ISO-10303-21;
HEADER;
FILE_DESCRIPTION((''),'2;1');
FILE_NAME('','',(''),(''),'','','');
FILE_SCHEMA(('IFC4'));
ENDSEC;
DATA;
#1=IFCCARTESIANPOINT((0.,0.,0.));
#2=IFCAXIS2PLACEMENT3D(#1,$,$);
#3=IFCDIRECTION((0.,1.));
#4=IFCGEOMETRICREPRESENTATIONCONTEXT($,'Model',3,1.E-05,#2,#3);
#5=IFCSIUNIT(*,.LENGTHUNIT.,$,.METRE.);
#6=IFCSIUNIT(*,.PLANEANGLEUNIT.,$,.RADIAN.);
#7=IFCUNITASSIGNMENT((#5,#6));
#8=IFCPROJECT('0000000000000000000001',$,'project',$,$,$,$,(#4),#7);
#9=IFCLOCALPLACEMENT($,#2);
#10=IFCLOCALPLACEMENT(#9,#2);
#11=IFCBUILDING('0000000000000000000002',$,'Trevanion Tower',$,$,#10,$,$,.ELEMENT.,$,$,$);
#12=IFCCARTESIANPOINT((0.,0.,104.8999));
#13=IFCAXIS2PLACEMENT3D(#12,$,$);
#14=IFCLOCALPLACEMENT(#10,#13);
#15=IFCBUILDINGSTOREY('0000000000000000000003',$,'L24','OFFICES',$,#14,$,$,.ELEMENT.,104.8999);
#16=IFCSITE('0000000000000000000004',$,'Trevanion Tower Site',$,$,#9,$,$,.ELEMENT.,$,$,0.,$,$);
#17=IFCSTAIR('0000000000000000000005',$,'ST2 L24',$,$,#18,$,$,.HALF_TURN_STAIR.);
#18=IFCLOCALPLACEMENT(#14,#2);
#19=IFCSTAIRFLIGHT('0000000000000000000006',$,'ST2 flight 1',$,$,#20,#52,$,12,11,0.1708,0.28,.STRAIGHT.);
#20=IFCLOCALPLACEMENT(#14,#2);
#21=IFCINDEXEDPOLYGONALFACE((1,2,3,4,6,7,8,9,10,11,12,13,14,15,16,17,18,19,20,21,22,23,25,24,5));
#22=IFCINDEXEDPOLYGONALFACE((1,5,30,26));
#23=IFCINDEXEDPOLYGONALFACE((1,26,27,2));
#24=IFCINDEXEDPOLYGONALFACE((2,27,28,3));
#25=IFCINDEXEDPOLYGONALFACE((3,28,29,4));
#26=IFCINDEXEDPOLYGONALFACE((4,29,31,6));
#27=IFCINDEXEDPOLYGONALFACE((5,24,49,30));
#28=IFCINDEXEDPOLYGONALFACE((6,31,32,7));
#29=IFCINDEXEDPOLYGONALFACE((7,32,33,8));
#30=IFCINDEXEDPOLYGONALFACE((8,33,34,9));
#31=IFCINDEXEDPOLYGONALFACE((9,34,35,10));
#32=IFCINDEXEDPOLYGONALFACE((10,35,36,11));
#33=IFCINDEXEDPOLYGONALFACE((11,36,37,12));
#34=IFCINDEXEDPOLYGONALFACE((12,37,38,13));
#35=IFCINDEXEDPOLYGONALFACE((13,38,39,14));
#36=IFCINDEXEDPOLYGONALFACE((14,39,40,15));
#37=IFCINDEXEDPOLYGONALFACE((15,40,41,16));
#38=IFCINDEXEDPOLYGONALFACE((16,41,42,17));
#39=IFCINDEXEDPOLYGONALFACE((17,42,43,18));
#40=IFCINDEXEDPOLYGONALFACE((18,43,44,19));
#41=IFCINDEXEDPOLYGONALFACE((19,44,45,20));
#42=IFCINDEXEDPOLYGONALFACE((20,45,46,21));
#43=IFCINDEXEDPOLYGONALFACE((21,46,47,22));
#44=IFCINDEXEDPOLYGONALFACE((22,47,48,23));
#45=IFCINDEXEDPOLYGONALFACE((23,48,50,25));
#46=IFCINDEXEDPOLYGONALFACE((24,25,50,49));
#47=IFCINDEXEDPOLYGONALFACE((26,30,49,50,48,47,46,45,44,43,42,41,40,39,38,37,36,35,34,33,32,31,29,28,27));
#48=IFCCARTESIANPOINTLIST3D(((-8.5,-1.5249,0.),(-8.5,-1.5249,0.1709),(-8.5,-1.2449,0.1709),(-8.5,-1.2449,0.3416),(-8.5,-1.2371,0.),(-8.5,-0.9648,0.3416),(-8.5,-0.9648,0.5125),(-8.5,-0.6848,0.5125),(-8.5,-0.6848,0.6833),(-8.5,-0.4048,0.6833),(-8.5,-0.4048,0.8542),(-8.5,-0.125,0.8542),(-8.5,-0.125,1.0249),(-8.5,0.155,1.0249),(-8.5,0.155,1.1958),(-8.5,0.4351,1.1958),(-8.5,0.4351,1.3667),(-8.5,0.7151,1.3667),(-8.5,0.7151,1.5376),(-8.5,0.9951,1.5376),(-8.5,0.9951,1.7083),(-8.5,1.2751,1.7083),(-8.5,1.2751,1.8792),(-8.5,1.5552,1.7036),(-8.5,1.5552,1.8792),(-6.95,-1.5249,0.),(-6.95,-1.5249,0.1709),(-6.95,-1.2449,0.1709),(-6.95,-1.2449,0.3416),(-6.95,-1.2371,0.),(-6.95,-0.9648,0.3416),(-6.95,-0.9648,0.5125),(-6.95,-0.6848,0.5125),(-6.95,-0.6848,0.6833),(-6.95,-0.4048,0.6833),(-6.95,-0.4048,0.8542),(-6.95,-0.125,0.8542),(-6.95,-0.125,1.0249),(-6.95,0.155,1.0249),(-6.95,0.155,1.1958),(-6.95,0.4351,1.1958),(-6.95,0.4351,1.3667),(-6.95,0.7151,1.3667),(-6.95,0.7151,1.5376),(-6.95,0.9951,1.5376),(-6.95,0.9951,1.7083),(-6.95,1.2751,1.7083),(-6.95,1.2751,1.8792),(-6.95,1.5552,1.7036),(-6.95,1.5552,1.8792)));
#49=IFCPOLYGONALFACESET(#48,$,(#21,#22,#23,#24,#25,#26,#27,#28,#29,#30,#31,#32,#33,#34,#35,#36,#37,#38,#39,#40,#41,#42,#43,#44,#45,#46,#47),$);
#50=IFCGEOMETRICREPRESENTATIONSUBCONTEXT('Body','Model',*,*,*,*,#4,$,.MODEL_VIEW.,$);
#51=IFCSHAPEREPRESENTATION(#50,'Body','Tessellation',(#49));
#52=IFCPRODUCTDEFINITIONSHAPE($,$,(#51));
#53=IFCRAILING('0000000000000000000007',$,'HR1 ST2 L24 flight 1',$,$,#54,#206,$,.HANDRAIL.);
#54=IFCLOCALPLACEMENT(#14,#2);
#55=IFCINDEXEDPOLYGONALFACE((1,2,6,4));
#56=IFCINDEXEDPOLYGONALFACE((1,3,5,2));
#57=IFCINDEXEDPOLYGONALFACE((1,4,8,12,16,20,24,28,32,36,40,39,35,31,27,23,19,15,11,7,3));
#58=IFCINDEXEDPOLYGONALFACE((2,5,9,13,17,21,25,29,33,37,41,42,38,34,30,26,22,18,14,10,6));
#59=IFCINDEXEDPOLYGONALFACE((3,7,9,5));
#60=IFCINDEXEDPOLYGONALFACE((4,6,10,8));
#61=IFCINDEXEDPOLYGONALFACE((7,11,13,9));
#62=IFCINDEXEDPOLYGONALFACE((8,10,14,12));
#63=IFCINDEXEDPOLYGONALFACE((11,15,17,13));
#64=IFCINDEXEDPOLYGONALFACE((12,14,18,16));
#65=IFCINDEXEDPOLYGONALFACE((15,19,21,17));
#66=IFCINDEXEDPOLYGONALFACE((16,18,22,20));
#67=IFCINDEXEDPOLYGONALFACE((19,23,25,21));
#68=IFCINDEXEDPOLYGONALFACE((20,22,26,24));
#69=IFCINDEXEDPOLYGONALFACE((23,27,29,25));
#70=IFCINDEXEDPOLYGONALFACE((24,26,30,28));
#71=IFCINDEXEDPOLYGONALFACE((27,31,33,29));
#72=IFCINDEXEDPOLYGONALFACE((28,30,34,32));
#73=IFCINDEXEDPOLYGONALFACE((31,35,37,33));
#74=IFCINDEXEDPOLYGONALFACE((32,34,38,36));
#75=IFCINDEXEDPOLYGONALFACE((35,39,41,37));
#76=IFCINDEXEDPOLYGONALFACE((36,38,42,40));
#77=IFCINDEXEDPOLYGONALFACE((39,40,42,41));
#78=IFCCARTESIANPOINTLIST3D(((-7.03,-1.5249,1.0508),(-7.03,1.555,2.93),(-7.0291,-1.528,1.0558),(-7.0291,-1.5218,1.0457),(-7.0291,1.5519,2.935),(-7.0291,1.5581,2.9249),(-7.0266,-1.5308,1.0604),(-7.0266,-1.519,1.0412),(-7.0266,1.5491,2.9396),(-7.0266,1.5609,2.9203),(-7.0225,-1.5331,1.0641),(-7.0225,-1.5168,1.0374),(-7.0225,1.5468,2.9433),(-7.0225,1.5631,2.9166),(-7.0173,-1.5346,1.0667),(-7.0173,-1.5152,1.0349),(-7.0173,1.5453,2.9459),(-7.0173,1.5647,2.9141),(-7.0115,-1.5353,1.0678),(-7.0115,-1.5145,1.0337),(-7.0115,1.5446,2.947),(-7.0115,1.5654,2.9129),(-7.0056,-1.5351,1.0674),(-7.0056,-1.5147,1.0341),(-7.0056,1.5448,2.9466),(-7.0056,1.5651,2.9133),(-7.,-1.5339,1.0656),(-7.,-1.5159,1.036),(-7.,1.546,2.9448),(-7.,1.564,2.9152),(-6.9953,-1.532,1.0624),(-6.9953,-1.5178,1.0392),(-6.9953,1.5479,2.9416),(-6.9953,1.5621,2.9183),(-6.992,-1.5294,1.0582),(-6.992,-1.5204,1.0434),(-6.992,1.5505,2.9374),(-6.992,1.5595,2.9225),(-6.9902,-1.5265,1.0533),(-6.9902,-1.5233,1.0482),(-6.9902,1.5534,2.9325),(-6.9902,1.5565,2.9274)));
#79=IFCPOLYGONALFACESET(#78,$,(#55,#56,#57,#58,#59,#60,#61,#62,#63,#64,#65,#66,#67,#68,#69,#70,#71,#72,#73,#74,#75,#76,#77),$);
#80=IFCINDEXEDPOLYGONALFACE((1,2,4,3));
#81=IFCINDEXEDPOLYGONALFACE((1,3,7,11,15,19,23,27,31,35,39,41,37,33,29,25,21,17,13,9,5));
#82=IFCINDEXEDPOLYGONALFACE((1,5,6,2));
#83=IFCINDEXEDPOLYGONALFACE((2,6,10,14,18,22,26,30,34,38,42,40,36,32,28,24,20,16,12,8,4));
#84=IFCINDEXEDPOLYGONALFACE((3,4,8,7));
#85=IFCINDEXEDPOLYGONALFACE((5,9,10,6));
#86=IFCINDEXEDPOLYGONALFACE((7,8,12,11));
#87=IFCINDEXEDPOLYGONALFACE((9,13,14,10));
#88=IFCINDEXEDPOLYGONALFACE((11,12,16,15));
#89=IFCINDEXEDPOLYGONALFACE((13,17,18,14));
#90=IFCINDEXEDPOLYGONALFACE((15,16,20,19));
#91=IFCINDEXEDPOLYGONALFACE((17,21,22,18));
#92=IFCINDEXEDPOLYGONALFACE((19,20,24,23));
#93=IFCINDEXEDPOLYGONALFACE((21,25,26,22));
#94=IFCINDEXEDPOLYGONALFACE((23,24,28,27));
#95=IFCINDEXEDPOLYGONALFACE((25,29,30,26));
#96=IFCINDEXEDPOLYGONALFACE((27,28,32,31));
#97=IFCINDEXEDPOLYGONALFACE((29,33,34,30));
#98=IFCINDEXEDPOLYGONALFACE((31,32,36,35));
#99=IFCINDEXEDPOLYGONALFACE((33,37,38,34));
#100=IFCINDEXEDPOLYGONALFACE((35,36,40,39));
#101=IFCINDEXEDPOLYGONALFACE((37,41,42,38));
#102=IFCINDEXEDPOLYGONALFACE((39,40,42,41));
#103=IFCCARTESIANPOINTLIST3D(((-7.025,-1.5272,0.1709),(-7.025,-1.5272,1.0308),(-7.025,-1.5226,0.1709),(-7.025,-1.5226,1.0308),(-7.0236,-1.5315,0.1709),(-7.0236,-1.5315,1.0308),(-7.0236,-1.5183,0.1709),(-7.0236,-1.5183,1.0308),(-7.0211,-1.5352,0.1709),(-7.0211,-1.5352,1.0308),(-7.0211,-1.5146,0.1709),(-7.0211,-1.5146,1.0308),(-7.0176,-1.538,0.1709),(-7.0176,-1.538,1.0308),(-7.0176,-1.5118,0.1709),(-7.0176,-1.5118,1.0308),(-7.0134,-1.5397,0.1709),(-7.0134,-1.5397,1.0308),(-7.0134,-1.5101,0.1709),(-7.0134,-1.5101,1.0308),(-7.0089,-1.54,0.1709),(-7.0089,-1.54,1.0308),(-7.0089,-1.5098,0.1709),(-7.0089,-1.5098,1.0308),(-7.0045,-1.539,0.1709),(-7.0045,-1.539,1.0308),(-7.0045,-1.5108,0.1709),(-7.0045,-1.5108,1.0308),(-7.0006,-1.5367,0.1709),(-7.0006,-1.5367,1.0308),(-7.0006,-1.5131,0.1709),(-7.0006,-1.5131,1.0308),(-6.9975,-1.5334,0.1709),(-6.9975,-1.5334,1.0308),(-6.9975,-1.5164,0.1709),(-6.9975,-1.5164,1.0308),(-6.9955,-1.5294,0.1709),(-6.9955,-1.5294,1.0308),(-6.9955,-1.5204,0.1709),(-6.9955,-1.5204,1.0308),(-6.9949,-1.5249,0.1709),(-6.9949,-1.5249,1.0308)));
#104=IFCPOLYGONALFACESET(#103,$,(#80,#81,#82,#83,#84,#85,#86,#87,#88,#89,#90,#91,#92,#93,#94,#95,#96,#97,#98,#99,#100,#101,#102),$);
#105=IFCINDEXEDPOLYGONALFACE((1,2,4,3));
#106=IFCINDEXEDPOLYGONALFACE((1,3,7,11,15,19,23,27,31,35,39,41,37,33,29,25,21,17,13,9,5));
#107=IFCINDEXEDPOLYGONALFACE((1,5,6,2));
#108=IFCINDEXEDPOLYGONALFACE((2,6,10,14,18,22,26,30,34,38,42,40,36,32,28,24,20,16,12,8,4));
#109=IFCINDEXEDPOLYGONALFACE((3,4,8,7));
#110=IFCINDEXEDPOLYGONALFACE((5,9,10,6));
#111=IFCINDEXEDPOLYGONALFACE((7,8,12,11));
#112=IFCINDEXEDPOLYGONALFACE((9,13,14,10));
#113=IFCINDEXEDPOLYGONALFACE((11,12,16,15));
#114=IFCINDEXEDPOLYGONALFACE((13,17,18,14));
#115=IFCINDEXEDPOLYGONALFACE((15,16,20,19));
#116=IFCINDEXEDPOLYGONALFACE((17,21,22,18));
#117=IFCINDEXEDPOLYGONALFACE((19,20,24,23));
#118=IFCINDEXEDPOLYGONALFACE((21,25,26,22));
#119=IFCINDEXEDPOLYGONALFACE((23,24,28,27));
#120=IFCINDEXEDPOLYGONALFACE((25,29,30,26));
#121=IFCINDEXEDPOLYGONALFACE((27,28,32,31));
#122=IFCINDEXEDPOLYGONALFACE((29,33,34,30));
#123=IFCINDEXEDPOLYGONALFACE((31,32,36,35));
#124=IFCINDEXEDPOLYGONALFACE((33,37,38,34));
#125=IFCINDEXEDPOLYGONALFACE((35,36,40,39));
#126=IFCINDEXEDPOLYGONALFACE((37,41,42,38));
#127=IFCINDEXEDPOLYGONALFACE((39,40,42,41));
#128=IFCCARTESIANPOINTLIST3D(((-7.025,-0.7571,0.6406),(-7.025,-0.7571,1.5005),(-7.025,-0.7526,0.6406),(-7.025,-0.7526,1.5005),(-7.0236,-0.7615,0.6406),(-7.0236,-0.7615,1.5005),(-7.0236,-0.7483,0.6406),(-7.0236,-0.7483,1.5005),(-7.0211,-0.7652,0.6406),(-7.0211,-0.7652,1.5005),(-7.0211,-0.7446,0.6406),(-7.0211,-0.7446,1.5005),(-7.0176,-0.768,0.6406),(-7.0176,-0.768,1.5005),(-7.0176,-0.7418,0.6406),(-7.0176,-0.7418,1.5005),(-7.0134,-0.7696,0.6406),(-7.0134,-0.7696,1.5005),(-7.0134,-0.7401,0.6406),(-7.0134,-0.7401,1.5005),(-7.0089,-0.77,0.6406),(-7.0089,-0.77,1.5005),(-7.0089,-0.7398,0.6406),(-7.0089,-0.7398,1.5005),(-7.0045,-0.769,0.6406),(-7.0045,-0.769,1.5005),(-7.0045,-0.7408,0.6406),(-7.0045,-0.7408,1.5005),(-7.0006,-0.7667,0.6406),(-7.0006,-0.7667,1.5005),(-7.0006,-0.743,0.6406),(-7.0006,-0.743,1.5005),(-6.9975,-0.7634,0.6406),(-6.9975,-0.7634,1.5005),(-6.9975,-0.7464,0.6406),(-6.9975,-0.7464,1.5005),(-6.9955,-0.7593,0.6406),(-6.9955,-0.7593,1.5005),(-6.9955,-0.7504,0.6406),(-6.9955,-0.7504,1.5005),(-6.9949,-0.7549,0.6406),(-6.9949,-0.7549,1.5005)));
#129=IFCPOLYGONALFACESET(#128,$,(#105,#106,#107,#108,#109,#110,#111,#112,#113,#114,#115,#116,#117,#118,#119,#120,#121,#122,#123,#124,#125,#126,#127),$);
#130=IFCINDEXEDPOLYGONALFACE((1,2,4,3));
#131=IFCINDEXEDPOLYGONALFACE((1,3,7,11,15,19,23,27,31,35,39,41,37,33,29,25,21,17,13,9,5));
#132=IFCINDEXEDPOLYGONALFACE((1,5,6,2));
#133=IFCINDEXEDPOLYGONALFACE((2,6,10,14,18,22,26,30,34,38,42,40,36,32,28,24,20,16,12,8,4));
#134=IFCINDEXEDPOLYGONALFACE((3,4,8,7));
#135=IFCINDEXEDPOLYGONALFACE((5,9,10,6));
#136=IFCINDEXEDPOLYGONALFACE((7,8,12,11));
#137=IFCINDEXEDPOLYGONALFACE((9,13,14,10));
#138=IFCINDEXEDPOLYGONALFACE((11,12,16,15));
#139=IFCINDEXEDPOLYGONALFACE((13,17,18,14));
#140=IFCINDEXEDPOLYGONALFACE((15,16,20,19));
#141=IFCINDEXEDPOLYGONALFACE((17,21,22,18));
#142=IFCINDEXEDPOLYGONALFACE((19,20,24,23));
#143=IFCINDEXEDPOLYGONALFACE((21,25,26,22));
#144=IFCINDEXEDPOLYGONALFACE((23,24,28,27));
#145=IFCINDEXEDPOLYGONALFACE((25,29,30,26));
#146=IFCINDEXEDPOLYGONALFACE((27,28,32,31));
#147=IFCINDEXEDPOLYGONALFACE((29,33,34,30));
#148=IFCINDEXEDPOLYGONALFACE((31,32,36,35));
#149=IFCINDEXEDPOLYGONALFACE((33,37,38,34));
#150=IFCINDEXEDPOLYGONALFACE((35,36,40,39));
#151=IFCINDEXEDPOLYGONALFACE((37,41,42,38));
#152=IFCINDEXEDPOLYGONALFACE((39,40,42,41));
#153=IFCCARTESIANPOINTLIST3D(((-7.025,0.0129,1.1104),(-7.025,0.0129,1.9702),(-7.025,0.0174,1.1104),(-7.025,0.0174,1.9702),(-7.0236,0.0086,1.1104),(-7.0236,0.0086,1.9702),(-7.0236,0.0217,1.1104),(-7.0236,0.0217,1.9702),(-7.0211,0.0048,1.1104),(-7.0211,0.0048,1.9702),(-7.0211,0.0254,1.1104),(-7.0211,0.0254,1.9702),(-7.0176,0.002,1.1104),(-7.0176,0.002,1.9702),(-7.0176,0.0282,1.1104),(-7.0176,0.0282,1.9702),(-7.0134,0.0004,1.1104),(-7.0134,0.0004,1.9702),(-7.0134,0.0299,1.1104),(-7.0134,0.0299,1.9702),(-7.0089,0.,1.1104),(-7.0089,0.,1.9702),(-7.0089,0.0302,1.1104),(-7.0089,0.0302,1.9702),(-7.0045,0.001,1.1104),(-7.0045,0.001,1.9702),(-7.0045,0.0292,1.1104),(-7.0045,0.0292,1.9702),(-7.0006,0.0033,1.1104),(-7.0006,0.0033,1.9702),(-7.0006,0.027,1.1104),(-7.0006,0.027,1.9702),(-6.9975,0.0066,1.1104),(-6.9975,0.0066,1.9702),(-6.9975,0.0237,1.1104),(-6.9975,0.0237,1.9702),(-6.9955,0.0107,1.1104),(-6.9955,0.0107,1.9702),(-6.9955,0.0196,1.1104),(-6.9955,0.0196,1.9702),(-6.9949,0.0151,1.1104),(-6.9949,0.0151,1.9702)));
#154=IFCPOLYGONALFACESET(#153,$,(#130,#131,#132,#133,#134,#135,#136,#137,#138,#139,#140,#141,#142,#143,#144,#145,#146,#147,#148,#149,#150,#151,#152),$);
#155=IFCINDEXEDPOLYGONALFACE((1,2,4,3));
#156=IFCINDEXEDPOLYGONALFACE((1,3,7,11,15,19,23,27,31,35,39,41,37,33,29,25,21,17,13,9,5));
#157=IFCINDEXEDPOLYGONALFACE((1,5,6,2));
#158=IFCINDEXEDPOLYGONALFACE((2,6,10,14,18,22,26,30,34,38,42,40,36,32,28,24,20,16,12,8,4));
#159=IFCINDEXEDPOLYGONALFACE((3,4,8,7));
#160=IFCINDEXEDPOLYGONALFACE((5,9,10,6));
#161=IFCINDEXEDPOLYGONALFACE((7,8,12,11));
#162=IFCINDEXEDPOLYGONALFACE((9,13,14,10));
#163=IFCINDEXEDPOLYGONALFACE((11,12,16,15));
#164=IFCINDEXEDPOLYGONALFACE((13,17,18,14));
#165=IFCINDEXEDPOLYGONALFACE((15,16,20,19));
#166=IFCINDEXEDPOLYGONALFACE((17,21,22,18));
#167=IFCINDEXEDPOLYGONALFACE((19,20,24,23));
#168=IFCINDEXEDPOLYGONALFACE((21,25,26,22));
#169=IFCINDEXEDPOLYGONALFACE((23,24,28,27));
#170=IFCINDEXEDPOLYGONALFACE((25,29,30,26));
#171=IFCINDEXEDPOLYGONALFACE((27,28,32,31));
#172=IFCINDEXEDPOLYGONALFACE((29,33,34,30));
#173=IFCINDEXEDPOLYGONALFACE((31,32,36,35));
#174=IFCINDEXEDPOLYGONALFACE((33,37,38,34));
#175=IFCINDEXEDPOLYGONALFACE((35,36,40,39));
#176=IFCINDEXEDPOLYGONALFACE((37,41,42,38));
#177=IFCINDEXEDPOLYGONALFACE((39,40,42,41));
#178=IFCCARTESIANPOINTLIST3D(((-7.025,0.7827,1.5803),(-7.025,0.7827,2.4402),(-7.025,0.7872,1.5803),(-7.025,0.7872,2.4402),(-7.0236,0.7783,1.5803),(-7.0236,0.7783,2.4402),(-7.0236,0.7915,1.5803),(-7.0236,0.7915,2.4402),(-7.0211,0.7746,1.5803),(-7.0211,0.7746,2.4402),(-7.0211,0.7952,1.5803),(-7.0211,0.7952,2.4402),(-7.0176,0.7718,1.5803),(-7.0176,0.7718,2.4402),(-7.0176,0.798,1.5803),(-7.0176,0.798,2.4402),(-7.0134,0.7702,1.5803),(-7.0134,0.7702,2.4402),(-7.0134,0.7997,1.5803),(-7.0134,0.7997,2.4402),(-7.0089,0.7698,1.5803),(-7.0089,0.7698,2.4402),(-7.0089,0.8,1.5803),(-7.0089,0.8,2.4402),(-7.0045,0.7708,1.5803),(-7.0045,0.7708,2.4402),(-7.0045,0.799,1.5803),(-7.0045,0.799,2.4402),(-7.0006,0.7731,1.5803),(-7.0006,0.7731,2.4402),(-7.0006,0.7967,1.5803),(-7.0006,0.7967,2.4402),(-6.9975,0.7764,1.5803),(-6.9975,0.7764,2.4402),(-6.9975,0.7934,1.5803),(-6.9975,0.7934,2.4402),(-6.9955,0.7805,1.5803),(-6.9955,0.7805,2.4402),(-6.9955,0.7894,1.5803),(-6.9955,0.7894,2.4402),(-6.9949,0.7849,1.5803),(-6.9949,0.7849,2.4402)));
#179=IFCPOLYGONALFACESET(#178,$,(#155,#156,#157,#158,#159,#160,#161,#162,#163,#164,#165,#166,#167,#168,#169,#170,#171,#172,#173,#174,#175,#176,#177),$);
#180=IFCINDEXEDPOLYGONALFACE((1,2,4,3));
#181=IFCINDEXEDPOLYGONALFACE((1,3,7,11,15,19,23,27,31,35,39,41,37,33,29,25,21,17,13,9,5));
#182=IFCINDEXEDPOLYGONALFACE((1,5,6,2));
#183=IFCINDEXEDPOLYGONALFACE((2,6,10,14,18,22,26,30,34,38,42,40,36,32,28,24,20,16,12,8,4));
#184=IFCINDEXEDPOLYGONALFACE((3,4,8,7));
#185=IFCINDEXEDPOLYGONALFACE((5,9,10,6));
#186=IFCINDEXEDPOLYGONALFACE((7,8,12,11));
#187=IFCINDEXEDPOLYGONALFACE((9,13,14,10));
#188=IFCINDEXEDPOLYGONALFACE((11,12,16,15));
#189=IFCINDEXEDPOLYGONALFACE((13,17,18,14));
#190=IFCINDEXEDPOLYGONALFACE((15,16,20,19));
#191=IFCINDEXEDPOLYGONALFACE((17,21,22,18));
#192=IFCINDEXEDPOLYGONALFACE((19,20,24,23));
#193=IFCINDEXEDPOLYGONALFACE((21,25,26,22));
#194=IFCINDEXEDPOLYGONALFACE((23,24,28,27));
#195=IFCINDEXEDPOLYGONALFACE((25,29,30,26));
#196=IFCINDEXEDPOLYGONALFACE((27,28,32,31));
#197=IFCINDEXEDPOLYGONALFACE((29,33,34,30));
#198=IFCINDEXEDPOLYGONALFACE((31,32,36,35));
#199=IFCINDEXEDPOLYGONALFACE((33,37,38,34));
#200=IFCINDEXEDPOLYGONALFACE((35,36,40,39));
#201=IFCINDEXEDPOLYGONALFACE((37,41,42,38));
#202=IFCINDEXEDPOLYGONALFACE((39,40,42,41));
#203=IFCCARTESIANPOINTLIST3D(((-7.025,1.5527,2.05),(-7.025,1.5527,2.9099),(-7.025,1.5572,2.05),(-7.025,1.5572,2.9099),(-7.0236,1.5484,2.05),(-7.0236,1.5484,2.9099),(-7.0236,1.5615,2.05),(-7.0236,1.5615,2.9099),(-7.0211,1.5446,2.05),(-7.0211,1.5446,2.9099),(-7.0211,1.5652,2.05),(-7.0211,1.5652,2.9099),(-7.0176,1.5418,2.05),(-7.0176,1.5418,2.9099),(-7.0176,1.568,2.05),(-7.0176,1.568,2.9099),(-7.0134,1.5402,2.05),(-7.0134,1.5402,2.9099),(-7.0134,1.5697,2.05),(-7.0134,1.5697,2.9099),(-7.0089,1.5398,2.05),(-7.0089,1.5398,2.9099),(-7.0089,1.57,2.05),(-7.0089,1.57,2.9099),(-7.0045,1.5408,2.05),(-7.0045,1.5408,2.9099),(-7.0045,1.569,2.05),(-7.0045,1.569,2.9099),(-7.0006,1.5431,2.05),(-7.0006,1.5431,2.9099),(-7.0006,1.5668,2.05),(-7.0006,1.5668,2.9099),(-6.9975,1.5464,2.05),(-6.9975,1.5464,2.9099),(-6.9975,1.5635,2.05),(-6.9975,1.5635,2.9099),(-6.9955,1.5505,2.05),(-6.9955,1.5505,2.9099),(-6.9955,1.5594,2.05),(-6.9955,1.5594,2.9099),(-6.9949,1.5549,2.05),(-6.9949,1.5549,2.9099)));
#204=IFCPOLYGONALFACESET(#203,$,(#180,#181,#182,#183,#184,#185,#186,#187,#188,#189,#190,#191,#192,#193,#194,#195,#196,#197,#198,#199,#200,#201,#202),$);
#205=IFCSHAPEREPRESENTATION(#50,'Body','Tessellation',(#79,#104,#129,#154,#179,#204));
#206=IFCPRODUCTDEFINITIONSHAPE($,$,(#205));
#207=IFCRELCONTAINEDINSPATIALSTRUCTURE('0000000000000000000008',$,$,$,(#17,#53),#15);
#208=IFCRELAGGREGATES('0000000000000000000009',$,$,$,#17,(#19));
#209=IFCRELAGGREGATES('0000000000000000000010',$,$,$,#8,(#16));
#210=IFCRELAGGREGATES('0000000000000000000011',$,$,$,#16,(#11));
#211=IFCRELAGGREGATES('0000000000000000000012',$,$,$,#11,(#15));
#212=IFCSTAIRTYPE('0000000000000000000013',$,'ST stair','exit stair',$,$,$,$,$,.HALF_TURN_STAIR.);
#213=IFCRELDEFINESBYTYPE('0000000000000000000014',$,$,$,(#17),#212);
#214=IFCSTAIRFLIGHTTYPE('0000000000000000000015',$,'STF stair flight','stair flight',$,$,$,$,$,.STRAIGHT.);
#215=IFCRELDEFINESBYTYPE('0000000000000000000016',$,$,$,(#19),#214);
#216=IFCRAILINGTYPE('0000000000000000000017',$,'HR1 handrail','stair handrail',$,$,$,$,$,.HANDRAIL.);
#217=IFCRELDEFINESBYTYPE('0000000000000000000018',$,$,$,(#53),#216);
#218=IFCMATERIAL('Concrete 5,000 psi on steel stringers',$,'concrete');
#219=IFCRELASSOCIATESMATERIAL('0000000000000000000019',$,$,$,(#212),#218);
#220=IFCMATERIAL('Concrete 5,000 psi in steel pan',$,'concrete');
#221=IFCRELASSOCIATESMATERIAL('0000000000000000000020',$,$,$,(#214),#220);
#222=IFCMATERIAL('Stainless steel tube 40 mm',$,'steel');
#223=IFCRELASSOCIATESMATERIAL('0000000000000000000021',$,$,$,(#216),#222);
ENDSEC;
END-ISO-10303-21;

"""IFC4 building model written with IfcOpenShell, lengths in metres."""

from ifc_helpers import new_model, si_unit, direction, frame, origin, origin_2d, place, context, subcontext, project, spatial, polyline, circle, outline, extrude, material, type_object, element, aggregate, save


model = new_model("IFC4")

# Units and contexts
model_context = context("Model", 3, precision=1e-05, world=origin(), true_north=direction((0.0, 1.0)))
body_context = subcontext(model_context, "Body", "Model", "MODEL_VIEW")
ifc_project = project(units=[si_unit("LENGTHUNIT", "METRE"), si_unit("PLANEANGLEUNIT", "RADIAN")], contexts=[model_context])

# Site, building, storey
site_placement = place(None, origin())
site = spatial("IfcSite", under=ifc_project, at=site_placement, Name="Trevanion Tower Site", CompositionType="ELEMENT", RefElevation=0.0)
building_placement = place(site_placement, origin())
building = spatial("IfcBuilding", under=site, at=building_placement, Name="Trevanion Tower", CompositionType="ELEMENT")
storey_placement = place(building_placement, frame((0.0, 0.0, 104.8999)))
storey = spatial("IfcBuildingStorey", under=building, at=storey_placement, Name="L24", Description="OFFICES", CompositionType="ELEMENT", Elevation=104.8999)

# Stair, stair flight
ifc_material_1 = material(Name="Concrete 5,000 psi on steel stringers", Category="concrete")
stair_type = type_object("IfcStairType", Name="ST stair", Description="exit stair", PredefinedType="HALF_TURN_STAIR", material=ifc_material_1)
stair_placement = place(storey_placement, origin())
stair = element("IfcStair", 1, at=stair_placement, inside=storey, type_object=stair_type, Name="ST2 L24", PredefinedType="HALF_TURN_STAIR")
ifc_material_2 = material(Name="Concrete 5,000 psi in steel pan", Category="concrete")
stair_flight_type = type_object("IfcStairFlightType", Name="STF stair flight", Description="stair flight", PredefinedType="STRAIGHT", material=ifc_material_2)
stair_flight_placement = place(storey_placement, frame((-7.7251, -1.5249, 0.0), z_axis=(0.0, 0.0, 1.0), x_axis=(0.0, 1.0, 0.0)))
stair_flight = element("IfcStairFlight", 2, at=stair_flight_placement, type_object=stair_flight_type, Name="ST2 flight 1", NumberOfRisers=12, NumberOfTreads=11, PredefinedType="STRAIGHT", RiserHeight=0.1708, TreadLength=0.28, context=body_context, shape_type="SweptSolid", body=[
    extrude(outline(polyline([(0.0, 0.0), (0.0, 0.1709), (0.28, 0.1709), (0.28, 0.3416), (0.5601, 0.3416), (0.5601, 0.5125), (0.8401, 0.5125), (0.8401, 0.6833), (1.1201, 0.6833), (1.1201, 0.8542), (1.3999, 0.8542), (1.3999, 1.0249), (1.6799, 1.0249), (1.6799, 1.1958), (1.96, 1.1958), (1.96, 1.3667), (2.24, 1.3667), (2.24, 1.5376), (2.52, 1.5376), (2.52, 1.7083), (2.8, 1.7083), (2.8, 1.8792), (3.0801, 1.8792), (3.0801, 2.05), (3.0801, 1.7036), (0.2878, 0.0), (0.0, 0.0)])), frame((0.0, 0.7749, 0.0), z_axis=(0.0, -1.0, 0.0), x_axis=(1.0, 0.0, 0.0)), (0.0, 0.0, 1.0), 1.55),
])
aggregate(stair, [stair_flight])

# Railing
ifc_material_3 = material(Name="Stainless steel tube 40 mm", Category="steel")
railing_type = type_object("IfcRailingType", Name="HR1 handrail", Description="stair handrail", PredefinedType="HANDRAIL", material=ifc_material_3)
for number, where, name in (
    (3, (-7.01, -1.5249, 0.1709), "HR1 ST2 L24 flight 1"),
):
    element("IfcRailing", number, at=place(storey_placement, frame(where)), inside=storey, type_object=railing_type, Name=name, PredefinedType="HANDRAIL", context=body_context, shape_type="SweptSolid", body=[
        extrude(circle(Radius=0.02, at=origin_2d()), frame((0.0, 0.0, 0.8799), z_axis=(0.0, 0.853648, 0.52085), x_axis=(-1.0, 0.0, 0.0)), (0.0, 0.0, 1.0), 3.6079),
        extrude(circle(Radius=0.0151, at=origin_2d()), origin(), (0.0, 0.0, 1.0), 0.8599),
        extrude(circle(Radius=0.0151, at=origin_2d()), frame((0.0, 0.77, 0.4697)), (0.0, 0.0, 1.0), 0.8599),
        extrude(circle(Radius=0.0151, at=origin_2d()), frame((0.0, 1.54, 0.9395)), (0.0, 0.0, 1.0), 0.8599),
        extrude(circle(Radius=0.0151, at=origin_2d()), frame((0.0, 2.3098, 1.4094)), (0.0, 0.0, 1.0), 0.8599),
        extrude(circle(Radius=0.0151, at=origin_2d()), frame((0.0, 3.0798, 1.8792)), (0.0, 0.0, 1.0), 0.8599),
    ])

save(model, "model.ifc")
